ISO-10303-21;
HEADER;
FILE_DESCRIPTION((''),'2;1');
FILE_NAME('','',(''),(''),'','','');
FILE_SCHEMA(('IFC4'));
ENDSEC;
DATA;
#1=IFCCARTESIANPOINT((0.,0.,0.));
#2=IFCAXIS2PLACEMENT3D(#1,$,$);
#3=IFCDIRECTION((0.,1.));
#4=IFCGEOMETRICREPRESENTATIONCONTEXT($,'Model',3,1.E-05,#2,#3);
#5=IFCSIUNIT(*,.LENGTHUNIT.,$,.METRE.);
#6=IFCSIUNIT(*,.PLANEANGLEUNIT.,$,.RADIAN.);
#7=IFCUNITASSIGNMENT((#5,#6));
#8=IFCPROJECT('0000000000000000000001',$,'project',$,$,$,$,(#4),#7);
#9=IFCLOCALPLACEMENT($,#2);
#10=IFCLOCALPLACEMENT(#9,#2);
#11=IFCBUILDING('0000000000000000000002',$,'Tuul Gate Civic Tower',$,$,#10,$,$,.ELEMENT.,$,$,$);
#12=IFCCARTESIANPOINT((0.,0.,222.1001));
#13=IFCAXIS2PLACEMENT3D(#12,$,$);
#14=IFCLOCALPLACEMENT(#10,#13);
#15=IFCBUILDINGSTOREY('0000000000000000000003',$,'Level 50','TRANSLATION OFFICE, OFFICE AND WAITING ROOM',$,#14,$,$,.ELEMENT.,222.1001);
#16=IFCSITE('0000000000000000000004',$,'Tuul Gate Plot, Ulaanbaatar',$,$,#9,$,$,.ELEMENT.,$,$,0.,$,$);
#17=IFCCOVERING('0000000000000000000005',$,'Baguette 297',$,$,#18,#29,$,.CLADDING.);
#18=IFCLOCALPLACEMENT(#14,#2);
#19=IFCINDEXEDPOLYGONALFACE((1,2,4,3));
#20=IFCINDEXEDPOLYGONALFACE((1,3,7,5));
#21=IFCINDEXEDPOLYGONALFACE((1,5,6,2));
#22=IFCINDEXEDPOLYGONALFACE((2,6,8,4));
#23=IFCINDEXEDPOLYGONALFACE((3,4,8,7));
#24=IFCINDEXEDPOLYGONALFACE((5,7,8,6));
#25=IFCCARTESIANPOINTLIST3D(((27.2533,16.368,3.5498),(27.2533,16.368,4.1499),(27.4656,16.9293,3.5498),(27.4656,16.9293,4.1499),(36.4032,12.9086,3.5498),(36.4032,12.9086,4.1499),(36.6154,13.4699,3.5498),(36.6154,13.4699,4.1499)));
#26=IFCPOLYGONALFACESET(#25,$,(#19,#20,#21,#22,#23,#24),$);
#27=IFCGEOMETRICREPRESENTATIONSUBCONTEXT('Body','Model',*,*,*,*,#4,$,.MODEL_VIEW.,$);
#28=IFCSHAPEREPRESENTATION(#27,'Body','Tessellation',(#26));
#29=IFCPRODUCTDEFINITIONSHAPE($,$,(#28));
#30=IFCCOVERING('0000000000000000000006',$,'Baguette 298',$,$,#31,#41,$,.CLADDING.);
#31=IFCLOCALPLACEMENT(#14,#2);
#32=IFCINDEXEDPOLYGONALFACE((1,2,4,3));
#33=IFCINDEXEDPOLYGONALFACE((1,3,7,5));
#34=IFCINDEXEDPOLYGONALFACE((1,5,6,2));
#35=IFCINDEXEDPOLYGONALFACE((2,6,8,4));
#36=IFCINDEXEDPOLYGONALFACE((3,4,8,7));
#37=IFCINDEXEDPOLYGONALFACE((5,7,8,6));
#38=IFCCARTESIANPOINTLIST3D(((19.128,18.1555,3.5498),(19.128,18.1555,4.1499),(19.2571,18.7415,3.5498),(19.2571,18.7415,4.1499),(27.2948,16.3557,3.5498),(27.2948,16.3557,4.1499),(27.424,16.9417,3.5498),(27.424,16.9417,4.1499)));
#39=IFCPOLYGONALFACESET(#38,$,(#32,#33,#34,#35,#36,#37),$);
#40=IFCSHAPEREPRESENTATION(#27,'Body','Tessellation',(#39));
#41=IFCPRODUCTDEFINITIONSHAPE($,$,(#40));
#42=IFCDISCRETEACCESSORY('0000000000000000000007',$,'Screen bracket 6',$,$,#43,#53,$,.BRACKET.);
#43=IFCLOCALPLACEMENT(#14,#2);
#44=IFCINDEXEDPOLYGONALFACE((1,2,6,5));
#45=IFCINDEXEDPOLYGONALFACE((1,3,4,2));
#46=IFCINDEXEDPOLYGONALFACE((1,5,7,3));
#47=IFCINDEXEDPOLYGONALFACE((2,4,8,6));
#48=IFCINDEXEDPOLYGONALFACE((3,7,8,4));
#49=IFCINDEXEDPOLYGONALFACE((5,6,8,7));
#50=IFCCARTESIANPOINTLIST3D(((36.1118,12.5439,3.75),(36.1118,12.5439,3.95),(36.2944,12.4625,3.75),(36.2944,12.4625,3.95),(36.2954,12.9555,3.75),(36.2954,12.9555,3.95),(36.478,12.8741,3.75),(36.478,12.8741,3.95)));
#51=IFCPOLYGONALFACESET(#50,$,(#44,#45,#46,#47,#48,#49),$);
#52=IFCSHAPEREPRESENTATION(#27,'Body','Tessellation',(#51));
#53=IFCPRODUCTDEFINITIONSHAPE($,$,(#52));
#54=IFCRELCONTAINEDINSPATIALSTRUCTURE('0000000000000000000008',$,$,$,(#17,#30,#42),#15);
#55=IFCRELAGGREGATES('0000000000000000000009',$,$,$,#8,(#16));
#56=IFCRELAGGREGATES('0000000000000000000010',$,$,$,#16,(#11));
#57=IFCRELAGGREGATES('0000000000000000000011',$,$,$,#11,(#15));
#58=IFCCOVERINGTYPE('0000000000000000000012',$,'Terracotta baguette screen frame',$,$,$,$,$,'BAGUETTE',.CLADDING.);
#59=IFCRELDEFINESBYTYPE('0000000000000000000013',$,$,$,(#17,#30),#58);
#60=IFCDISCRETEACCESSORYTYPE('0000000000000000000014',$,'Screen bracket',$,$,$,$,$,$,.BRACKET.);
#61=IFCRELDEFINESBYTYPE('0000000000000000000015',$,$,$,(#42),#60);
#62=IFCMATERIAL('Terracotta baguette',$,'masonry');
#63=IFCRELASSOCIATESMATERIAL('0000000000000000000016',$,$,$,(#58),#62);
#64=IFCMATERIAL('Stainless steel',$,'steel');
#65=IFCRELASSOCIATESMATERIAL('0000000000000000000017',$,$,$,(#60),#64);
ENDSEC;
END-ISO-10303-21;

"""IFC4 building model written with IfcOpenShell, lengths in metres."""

from ifc_helpers import new_model, si_unit, direction, frame, origin, origin_2d, place, context, subcontext, project, spatial, rectangle, extrude, material, material_profile, profile_set, type_object, element, save


model = new_model("IFC4")

# Units and contexts
model_context = context("Model", 3, precision=1e-05, world=origin(), true_north=direction((0.0, 1.0)))
body_context = subcontext(model_context, "Body", "Model", "MODEL_VIEW")
ifc_project = project(units=[si_unit("LENGTHUNIT", "METRE"), si_unit("PLANEANGLEUNIT", "RADIAN")], contexts=[model_context])

# Site, building, storey
site_placement = place(None, origin())
site = spatial("IfcSite", under=ifc_project, at=site_placement, Name="Tuul Gate Plot, Ulaanbaatar", CompositionType="ELEMENT", RefElevation=0.0)
building_placement = place(site_placement, origin())
building = spatial("IfcBuilding", under=site, at=building_placement, Name="Tuul Gate Civic Tower", CompositionType="ELEMENT")
storey_placement = place(building_placement, frame((0.0, 0.0, 222.1001)))
storey = spatial("IfcBuildingStorey", under=building, at=storey_placement, Name="Level 50", Description="TRANSLATION OFFICE, OFFICE AND WAITING ROOM", CompositionType="ELEMENT", Elevation=222.1001)

# Coverings
ifc_material_1 = material(Name="Terracotta baguette", Category="masonry")
ifc_material_profile_1 = material_profile(ifc_material_1, rectangle(XDim=0.6001, YDim=0.6001, at=origin_2d()), Name="Terracotta baguette screen frame")
ifc_profile_set_1 = profile_set([ifc_material_profile_1], Name="Terracotta baguette")
covering_type = type_object("IfcCoveringType", Name="Terracotta baguette screen frame", ElementType="BAGUETTE", PredefinedType="CLADDING", material=ifc_profile_set_1)
covering_1_placement = place(storey_placement, frame((36.5093, 13.1892, 3.8499), z_axis=(-0.935376, 0.353655, 0.0), x_axis=(-0.353655, -0.935376, 0.0)))
element("IfcCovering", 1, at=covering_1_placement, inside=storey, type_object=covering_type, Name="Baguette 297", PredefinedType="CLADDING", context=body_context, shape_type="SweptSolid", body=[
    extrude(rectangle(XDim=0.6001, YDim=0.6001, at=origin_2d()), origin(), (0.0, 0.0, 1.0), 9.782),
])
covering_2_placement = place(storey_placement, frame((27.3594, 16.6487, 3.8499), z_axis=(-0.976566, 0.215218, 0.0), x_axis=(-0.215218, -0.976566, 0.0)))
element("IfcCovering", 2, at=covering_2_placement, inside=storey, type_object=covering_type, Name="Baguette 298", PredefinedType="CLADDING", context=body_context, shape_type="SweptSolid", body=[
    extrude(rectangle(XDim=0.6001, YDim=0.6001, at=origin_2d()), origin(), (0.0, 0.0, 1.0), 8.3628),
])

# Discrete accessory
ifc_material_2 = material(Name="Stainless steel", Category="steel")
discrete_accessory_type = type_object("IfcDiscreteAccessoryType", Name="Screen bracket", PredefinedType="BRACKET", material=ifc_material_2)
discrete_accessory_placement = place(storey_placement, frame((36.2949, 12.709, 3.75), z_axis=(0.0, 0.0, 1.0), x_axis=(0.407385, 0.913256, 0.0)))
element("IfcDiscreteAccessory", 3, at=discrete_accessory_placement, inside=storey, type_object=discrete_accessory_type, Name="Screen bracket 6", PredefinedType="BRACKET", context=body_context, shape_type="SweptSolid", body=[
    extrude(rectangle(XDim=0.4507, YDim=0.2, at=origin_2d()), origin(), (0.0, 0.0, 1.0), 0.2),
])

save(model, "model.ifc")
